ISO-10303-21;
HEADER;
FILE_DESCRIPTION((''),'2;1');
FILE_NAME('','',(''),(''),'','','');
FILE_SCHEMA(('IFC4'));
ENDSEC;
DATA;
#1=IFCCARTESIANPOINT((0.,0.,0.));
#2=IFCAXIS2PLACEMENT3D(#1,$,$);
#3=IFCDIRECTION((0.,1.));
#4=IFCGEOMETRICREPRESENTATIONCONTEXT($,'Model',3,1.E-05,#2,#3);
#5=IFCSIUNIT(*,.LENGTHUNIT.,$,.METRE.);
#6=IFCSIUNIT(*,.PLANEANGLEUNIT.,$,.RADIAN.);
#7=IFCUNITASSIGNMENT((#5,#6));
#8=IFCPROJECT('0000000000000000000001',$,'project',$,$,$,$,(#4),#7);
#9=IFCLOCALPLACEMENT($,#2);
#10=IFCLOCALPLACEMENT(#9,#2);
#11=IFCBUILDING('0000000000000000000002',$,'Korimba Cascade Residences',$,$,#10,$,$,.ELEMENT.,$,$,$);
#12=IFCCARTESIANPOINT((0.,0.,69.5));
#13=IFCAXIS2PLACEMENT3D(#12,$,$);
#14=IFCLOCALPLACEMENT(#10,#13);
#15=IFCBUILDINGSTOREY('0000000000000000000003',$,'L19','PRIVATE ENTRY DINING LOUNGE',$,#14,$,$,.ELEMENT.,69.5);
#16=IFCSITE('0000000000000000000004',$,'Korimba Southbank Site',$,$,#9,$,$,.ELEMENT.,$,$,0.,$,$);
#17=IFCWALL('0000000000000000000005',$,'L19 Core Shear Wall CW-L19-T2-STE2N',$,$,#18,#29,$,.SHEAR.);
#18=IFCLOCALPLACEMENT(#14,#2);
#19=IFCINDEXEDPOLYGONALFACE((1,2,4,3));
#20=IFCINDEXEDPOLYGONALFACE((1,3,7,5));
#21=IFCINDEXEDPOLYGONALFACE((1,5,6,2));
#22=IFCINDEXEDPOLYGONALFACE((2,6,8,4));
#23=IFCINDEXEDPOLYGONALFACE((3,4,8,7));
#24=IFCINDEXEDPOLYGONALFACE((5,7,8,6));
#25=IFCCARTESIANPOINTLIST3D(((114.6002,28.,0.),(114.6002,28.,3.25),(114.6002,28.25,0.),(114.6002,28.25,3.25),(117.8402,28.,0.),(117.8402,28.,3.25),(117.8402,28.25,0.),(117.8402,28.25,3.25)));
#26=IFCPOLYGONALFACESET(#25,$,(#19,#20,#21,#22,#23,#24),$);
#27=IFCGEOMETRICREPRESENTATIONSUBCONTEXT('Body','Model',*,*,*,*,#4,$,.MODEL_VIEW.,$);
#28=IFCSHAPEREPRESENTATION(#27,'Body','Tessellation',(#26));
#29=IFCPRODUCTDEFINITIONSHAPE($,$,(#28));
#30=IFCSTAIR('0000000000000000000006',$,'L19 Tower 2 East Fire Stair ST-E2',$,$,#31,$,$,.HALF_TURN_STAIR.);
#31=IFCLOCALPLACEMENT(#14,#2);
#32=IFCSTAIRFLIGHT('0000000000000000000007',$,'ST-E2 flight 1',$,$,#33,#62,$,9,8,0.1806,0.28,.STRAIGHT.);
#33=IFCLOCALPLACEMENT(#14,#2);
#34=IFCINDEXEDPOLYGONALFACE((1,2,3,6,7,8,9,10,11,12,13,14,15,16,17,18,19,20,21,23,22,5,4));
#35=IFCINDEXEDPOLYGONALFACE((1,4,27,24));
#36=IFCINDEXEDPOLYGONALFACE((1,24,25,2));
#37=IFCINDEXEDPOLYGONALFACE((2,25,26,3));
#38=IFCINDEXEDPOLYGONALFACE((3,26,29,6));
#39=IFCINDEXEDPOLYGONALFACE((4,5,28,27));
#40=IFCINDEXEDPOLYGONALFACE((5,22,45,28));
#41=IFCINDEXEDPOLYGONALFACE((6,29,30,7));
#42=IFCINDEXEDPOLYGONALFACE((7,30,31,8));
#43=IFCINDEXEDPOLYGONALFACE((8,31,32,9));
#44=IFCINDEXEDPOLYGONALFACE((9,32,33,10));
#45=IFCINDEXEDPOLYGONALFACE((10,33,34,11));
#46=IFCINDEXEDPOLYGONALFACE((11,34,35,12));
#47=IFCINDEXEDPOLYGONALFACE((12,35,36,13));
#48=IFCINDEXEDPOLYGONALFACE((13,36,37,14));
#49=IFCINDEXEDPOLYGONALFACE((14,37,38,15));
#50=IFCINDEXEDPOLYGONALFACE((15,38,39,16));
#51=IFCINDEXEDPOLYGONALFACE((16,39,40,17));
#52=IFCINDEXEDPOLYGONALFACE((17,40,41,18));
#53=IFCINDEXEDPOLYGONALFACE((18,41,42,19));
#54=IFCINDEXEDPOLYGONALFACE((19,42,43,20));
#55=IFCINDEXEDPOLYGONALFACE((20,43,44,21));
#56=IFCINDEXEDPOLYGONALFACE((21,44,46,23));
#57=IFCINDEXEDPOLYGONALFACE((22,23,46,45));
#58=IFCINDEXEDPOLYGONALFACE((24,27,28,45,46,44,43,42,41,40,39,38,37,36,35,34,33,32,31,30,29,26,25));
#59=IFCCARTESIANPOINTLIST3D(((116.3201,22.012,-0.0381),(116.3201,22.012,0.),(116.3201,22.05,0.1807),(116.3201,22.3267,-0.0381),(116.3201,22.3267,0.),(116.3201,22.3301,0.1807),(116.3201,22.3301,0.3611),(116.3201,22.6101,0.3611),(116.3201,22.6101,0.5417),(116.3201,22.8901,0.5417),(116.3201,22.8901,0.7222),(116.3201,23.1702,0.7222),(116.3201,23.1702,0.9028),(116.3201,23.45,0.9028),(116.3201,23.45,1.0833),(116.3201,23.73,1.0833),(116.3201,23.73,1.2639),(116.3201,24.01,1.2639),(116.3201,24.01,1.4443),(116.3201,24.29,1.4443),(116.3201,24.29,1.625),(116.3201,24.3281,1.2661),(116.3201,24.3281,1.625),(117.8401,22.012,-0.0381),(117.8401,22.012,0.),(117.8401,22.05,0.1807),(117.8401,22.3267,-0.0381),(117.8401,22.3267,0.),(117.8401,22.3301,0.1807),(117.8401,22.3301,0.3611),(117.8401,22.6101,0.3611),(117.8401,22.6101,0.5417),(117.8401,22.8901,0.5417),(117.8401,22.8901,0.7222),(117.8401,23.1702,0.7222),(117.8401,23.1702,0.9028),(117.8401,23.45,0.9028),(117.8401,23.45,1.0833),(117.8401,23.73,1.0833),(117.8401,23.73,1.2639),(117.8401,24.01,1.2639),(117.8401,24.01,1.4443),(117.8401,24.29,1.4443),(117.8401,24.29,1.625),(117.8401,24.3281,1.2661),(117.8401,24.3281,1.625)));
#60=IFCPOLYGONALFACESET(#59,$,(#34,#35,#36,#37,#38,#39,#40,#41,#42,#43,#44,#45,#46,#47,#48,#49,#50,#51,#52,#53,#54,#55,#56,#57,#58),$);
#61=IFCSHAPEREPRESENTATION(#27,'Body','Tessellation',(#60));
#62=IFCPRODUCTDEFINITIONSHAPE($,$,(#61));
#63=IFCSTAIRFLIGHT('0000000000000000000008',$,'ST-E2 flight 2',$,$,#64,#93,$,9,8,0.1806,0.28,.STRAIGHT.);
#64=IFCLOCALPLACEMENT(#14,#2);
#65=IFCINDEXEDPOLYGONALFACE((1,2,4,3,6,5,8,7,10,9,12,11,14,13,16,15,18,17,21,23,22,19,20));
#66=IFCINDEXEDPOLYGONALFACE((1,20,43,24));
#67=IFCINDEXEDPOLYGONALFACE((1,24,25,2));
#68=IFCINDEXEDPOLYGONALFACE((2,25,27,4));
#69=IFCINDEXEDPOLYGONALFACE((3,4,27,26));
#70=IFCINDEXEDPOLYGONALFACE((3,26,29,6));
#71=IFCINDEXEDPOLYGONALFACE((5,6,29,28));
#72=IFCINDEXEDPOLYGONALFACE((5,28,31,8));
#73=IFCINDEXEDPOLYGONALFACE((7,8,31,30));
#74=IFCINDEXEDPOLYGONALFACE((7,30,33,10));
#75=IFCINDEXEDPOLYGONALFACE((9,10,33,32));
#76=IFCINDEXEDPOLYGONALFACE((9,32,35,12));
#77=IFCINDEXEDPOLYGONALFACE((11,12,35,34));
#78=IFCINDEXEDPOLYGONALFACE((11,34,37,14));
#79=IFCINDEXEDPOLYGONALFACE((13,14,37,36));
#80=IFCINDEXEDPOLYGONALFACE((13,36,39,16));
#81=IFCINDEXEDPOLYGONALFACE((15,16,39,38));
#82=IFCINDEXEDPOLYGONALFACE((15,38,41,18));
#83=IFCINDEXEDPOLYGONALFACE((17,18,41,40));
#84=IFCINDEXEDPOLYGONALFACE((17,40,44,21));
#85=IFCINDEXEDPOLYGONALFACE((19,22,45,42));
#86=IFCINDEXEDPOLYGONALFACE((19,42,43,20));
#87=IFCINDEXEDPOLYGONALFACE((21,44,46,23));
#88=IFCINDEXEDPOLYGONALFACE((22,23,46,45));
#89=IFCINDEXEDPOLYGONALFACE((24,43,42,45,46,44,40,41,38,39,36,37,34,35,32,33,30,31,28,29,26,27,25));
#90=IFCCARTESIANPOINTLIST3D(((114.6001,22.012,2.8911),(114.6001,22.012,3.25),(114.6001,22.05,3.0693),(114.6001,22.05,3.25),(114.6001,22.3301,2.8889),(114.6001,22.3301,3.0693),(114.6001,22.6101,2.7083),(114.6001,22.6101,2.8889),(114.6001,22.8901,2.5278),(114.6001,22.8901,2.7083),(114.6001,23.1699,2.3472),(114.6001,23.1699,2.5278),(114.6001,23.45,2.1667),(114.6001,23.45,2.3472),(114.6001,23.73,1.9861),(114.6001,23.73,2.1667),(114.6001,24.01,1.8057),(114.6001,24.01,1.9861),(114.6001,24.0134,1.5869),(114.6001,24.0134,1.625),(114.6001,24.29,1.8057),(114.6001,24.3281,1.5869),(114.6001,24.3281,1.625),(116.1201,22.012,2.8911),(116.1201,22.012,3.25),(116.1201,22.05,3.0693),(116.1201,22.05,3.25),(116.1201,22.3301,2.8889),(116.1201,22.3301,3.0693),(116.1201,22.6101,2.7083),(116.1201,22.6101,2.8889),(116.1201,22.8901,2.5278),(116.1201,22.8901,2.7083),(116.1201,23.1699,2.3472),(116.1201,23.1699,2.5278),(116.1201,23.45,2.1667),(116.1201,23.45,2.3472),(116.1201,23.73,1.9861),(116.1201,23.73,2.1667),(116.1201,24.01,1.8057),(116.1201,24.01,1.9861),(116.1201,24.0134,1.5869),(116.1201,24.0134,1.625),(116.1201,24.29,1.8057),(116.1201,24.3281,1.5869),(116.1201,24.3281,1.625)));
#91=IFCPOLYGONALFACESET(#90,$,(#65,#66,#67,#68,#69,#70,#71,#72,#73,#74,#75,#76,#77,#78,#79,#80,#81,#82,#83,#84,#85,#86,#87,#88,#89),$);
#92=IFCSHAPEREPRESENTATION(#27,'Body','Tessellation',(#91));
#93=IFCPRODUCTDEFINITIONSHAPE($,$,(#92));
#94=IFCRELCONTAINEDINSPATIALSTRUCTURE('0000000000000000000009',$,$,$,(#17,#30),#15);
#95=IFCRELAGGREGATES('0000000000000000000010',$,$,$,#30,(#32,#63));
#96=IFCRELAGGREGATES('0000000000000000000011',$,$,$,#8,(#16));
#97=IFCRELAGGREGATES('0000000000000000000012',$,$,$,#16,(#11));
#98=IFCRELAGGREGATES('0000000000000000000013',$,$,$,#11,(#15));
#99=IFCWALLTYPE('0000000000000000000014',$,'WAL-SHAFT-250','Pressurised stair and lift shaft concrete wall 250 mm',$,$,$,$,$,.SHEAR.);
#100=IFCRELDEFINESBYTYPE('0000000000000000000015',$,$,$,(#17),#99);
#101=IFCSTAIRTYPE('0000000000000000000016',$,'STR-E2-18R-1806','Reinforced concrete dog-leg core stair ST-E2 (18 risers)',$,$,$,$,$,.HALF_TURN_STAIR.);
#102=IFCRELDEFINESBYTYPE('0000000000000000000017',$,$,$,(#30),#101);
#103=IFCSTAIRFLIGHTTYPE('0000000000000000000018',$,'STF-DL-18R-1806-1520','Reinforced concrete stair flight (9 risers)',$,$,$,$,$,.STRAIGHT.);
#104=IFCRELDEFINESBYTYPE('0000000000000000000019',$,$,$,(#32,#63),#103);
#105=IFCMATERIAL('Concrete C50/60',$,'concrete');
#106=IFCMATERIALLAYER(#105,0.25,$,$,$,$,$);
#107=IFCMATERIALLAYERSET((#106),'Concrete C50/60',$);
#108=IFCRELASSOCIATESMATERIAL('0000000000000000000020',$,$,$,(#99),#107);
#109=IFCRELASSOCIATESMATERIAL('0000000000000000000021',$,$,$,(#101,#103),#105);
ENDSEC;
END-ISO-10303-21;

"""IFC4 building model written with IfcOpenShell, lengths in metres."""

from ifc_helpers import new_model, si_unit, direction, frame, frame_2d, origin, place, context, subcontext, project, spatial, polyline, rectangle, outline, extrude, material, layer, layer_set, type_object, element, aggregate, save


model = new_model("IFC4")

# Units and contexts
model_context = context("Model", 3, precision=1e-05, world=origin(), true_north=direction((0.0, 1.0)))
body_context = subcontext(model_context, "Body", "Model", "MODEL_VIEW")
ifc_project = project(units=[si_unit("LENGTHUNIT", "METRE"), si_unit("PLANEANGLEUNIT", "RADIAN")], contexts=[model_context])

# Site, building, storey
site_placement = place(None, origin())
site = spatial("IfcSite", under=ifc_project, at=site_placement, Name="Korimba Southbank Site", CompositionType="ELEMENT", RefElevation=0.0)
building_placement = place(site_placement, origin())
building = spatial("IfcBuilding", under=site, at=building_placement, Name="Korimba Cascade Residences", CompositionType="ELEMENT")
storey_placement = place(building_placement, frame((0.0, 0.0, 69.5)))
storey = spatial("IfcBuildingStorey", under=building, at=storey_placement, Name="L19", Description="PRIVATE ENTRY DINING LOUNGE", CompositionType="ELEMENT", Elevation=69.5)

# Shared definitions
ifc_material_1 = material(Name="Concrete C50/60", Category="concrete")

# Shared definitions
ifc_layer_1 = layer(ifc_material_1, 0.25)
ifc_layer_set_1 = layer_set([ifc_layer_1], Name="Concrete C50/60")
wall_type_1 = type_object("IfcWallType", Name="WAL-SHAFT-250", Description="Pressurised stair and lift shaft concrete wall 250 mm", PredefinedType="SHEAR", material=ifc_layer_set_1)

# Wall
for number, where, z_axis, x_axis, name in (
    (1, (114.6001, 28.125, 0.0), (0.0, 0.0, 1.0), (1.0, 0.0, 0.0), "L19 Core Shear Wall CW-L19-T2-STE2N"),
):
    element("IfcWall", number, at=place(storey_placement, frame(where, z_axis=z_axis, x_axis=x_axis)), inside=storey, type_object=wall_type_1, Name=name, PredefinedType="SHEAR", context=body_context, shape_type="SweptSolid", body=[
        extrude(rectangle(XDim=3.24, YDim=0.25, at=frame_2d((1.6201, 0.0))), origin(), (0.0, 0.0, 1.0), 3.25),
    ])

# Stair, stair flights
stair_type = type_object("IfcStairType", Name="STR-E2-18R-1806", Description="Reinforced concrete dog-leg core stair ST-E2 (18 risers)", PredefinedType="HALF_TURN_STAIR", material=ifc_material_1)
stair_placement = place(storey_placement, origin())
stair = element("IfcStair", 2, at=stair_placement, inside=storey, type_object=stair_type, Name="L19 Tower 2 East Fire Stair ST-E2", PredefinedType="HALF_TURN_STAIR")
stair_flight_type = type_object("IfcStairFlightType", Name="STF-DL-18R-1806-1520", Description="Reinforced concrete stair flight (9 risers)", PredefinedType="STRAIGHT", material=ifc_material_1)
stair_flight_1_placement = place(storey_placement, frame((117.0801, 22.05, 0.0), z_axis=(0.0, 0.0, 1.0), x_axis=(0.0, 1.0, 0.0)))
stair_flight_1 = element("IfcStairFlight", 3, at=stair_flight_1_placement, type_object=stair_flight_type, Name="ST-E2 flight 1", NumberOfRisers=9, NumberOfTreads=8, PredefinedType="STRAIGHT", RiserHeight=0.1806, TreadLength=0.28, context=body_context, shape_type="SweptSolid", body=[
    extrude(outline(polyline([(-0.0381, 0.0), (0.0, 0.1807), (0.28, 0.1807), (0.28, 0.3611), (0.5601, 0.3611), (0.5601, 0.5417), (0.8401, 0.5417), (0.8401, 0.7222), (1.1201, 0.7222), (1.1201, 0.9028), (1.3999, 0.9028), (1.3999, 1.0833), (1.6799, 1.0833), (1.6799, 1.2639), (1.96, 1.2639), (1.96, 1.4443), (2.24, 1.4443), (2.24, 1.625), (2.2781, 1.625), (2.2781, 1.2661), (0.2766, 0.0), (0.2766, -0.0381), (-0.0381, -0.0381), (-0.0381, 0.0)])), frame((0.0, 0.76, 0.0), z_axis=(0.0, -1.0, 0.0), x_axis=(1.0, 0.0, 0.0)), (0.0, 0.0, 1.0), 1.52),
])
stair_flight_2_placement = place(storey_placement, frame((115.3601, 24.29, 1.625), z_axis=(0.0, 0.0, 1.0), x_axis=(0.0, -1.0, 0.0)))
stair_flight_2 = element("IfcStairFlight", 4, at=stair_flight_2_placement, type_object=stair_flight_type, Name="ST-E2 flight 2", NumberOfRisers=9, NumberOfTreads=8, PredefinedType="STRAIGHT", RiserHeight=0.1806, TreadLength=0.28, context=body_context, shape_type="SweptSolid", body=[
    extrude(outline(polyline([(-0.0381, 0.0), (0.0, 0.1807), (0.28, 0.1807), (0.28, 0.3611), (0.5601, 0.3611), (0.5601, 0.5417), (0.8401, 0.5417), (0.8401, 0.7222), (1.1201, 0.7222), (1.1201, 0.9028), (1.3999, 0.9028), (1.3999, 1.0833), (1.6799, 1.0833), (1.6799, 1.2639), (1.96, 1.2639), (1.96, 1.4443), (2.24, 1.4443), (2.24, 1.625), (2.2781, 1.625), (2.2781, 1.2661), (0.2766, 0.0), (0.2766, -0.0381), (-0.0381, -0.0381), (-0.0381, 0.0)])), frame((0.0, 0.76, 0.0), z_axis=(0.0, -1.0, 0.0), x_axis=(1.0, 0.0, 0.0)), (0.0, 0.0, 1.0), 1.52),
])
aggregate(stair, [stair_flight_1, stair_flight_2])

save(model, "model.ifc")
